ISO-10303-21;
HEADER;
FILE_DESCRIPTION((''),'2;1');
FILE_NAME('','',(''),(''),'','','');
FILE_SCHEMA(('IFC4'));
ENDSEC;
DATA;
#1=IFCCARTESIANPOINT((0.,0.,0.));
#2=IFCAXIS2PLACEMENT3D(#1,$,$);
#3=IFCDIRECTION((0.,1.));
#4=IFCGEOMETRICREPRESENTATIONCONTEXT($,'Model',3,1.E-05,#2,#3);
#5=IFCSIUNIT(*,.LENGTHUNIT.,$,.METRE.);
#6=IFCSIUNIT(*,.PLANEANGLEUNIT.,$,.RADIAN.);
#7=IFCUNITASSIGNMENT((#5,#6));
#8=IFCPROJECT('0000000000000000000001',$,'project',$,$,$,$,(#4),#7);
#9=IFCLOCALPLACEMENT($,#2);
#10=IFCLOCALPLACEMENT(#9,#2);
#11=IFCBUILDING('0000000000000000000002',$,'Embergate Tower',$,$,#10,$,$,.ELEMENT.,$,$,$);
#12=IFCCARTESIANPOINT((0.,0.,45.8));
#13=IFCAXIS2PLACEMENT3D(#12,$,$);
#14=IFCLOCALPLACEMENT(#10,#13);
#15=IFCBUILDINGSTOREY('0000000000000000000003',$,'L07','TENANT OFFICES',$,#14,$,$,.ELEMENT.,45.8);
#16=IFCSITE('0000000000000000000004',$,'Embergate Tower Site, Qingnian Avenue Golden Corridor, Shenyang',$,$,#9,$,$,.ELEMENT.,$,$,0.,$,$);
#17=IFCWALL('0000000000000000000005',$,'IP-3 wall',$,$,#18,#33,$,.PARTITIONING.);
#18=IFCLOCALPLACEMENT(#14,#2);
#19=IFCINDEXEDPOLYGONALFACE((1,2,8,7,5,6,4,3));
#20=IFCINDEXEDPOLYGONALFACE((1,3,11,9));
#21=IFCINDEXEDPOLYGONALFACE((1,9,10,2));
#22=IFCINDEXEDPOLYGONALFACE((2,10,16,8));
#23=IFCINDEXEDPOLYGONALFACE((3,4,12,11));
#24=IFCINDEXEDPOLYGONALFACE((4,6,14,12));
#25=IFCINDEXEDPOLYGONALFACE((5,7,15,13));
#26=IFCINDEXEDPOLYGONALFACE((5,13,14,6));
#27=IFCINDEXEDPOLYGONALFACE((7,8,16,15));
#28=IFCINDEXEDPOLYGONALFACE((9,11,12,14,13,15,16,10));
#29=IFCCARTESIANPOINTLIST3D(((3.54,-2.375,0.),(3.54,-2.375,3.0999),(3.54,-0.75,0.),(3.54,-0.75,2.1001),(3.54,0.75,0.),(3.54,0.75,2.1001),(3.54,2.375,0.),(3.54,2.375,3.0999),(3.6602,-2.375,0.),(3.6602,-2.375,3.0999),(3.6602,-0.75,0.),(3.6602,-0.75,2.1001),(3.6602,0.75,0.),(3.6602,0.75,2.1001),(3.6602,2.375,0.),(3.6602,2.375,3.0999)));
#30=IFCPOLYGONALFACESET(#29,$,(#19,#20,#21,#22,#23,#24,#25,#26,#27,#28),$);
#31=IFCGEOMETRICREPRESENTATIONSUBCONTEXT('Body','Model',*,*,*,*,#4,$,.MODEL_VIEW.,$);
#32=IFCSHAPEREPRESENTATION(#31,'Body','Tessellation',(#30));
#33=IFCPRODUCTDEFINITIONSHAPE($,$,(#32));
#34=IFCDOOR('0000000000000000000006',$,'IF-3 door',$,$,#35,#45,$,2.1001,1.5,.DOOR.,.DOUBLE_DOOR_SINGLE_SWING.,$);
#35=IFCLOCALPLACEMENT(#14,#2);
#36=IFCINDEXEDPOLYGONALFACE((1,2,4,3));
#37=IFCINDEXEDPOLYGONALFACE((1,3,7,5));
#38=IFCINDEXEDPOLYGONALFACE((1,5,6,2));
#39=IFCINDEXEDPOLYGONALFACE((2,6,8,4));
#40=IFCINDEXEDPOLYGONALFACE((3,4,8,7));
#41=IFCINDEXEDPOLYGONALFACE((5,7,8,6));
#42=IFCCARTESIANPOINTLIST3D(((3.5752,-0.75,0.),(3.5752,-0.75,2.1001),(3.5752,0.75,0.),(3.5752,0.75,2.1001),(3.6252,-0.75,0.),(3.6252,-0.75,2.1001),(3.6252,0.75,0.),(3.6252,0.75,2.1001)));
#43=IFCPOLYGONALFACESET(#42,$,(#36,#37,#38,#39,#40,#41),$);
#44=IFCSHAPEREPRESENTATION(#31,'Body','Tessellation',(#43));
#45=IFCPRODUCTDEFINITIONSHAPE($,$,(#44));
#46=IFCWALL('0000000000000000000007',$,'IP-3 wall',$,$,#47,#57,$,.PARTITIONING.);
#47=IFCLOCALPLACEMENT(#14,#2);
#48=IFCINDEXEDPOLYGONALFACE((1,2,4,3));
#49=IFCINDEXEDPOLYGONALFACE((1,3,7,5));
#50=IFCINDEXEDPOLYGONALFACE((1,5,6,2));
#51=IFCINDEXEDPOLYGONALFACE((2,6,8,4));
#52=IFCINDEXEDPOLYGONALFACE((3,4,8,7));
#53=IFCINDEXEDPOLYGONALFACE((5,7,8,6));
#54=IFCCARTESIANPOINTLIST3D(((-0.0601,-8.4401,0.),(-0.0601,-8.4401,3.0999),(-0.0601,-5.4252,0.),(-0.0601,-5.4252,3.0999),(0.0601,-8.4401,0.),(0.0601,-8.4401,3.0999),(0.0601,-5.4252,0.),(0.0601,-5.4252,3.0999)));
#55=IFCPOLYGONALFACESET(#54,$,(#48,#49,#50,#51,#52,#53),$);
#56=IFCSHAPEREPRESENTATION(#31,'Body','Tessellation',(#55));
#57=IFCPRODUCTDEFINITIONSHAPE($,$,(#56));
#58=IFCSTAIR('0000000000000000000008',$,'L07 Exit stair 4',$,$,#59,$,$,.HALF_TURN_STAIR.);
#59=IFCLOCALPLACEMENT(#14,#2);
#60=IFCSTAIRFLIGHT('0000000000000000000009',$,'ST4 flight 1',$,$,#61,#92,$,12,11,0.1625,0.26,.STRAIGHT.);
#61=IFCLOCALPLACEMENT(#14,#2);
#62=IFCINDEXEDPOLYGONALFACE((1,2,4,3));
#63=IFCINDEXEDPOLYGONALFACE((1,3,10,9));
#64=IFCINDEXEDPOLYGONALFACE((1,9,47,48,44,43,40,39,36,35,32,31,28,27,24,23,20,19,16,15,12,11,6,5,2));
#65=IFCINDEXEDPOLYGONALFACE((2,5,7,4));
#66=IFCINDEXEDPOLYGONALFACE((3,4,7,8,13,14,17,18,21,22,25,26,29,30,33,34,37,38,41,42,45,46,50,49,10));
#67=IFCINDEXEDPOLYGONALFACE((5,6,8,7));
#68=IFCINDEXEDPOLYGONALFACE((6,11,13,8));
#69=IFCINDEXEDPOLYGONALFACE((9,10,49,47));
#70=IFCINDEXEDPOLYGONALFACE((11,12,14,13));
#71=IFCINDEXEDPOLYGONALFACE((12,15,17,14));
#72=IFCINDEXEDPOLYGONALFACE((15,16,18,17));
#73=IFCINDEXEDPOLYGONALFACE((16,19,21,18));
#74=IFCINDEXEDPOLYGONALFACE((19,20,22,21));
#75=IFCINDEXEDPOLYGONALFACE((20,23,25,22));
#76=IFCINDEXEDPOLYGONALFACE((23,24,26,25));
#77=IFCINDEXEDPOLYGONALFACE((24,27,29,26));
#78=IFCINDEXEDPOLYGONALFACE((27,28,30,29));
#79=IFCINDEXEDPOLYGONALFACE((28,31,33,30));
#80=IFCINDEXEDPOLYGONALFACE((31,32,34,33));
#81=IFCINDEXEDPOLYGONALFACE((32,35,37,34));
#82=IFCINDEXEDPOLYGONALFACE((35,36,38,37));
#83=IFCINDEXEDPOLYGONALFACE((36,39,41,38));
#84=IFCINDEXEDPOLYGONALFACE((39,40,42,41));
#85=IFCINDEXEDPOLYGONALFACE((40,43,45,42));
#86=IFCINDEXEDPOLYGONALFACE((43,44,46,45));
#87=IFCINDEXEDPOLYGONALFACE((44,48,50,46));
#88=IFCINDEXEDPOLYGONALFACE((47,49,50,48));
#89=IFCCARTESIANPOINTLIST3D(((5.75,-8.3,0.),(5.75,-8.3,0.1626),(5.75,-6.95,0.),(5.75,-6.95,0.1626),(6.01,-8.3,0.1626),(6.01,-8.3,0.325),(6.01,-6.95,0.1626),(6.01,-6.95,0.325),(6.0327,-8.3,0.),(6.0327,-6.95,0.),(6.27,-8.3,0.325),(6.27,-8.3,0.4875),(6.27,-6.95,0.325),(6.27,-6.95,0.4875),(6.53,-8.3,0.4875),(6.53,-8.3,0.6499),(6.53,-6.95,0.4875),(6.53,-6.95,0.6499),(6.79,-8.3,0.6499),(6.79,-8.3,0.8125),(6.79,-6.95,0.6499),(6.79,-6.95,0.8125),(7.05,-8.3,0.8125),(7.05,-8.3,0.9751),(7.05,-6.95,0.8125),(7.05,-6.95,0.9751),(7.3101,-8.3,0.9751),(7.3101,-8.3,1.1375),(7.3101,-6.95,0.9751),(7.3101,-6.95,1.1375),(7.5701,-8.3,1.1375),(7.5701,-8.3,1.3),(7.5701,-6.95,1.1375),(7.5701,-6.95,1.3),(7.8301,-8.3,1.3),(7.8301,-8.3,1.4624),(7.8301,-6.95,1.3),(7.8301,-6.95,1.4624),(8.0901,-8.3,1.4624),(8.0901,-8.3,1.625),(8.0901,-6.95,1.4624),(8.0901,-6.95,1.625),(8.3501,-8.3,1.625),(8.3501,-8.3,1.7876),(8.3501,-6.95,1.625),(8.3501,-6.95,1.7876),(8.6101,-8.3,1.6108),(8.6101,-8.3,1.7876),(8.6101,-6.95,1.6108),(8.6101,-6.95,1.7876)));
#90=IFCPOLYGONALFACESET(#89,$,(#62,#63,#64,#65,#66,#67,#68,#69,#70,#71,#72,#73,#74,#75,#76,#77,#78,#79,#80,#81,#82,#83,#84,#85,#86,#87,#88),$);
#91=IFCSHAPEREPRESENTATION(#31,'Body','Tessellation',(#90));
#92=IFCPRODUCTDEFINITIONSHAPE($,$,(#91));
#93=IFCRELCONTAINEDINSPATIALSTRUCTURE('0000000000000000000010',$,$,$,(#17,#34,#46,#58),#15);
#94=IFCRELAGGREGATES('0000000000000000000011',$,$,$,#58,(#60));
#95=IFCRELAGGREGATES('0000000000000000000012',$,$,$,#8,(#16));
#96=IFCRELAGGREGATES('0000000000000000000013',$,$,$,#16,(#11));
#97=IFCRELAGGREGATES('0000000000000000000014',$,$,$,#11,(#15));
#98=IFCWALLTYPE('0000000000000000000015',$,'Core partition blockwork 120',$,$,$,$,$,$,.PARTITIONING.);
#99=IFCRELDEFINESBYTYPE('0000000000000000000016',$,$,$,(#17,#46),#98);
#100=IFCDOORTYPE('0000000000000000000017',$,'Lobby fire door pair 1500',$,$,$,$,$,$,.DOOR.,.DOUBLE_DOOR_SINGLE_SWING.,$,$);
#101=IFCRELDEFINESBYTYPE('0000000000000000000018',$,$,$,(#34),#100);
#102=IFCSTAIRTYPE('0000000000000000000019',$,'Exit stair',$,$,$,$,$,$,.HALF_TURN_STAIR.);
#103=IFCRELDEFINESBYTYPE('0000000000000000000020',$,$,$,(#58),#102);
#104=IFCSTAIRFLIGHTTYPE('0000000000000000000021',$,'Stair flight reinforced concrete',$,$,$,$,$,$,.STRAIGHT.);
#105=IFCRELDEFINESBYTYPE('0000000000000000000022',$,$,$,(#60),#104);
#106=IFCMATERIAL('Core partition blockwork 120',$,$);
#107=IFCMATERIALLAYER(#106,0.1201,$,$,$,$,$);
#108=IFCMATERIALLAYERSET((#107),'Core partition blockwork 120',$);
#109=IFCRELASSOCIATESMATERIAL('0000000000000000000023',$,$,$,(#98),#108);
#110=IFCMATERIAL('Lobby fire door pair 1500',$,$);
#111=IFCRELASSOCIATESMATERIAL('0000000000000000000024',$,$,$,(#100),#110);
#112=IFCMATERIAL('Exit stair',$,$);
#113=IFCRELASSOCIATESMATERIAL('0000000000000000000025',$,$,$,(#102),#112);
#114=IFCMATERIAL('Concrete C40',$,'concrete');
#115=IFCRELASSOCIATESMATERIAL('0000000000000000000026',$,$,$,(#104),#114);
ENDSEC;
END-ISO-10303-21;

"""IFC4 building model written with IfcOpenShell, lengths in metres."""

from ifc_helpers import new_model, si_unit, direction, frame, frame_2d, origin, place, context, subcontext, project, spatial, polyline, rectangle, outline, extrude, source, transform, mapped, material, layer, layer_set, type_object, element, fill, aggregate, save


model = new_model("IFC4")

# Units and contexts
model_context = context("Model", 3, precision=1e-05, world=origin(), true_north=direction((0.0, 1.0)))
body_context = subcontext(model_context, "Body", "Model", "MODEL_VIEW")
ifc_project = project(units=[si_unit("LENGTHUNIT", "METRE"), si_unit("PLANEANGLEUNIT", "RADIAN")], contexts=[model_context])

# Site, building, storey
site_placement = place(None, origin())
site = spatial("IfcSite", under=ifc_project, at=site_placement, Name="Embergate Tower Site, Qingnian Avenue Golden Corridor, Shenyang", CompositionType="ELEMENT", RefElevation=0.0)
building_placement = place(site_placement, origin())
building = spatial("IfcBuilding", under=site, at=building_placement, Name="Embergate Tower", CompositionType="ELEMENT")
storey_placement = place(building_placement, frame((0.0, 0.0, 45.8)))
storey = spatial("IfcBuildingStorey", under=building, at=storey_placement, Name="L07", Description="TENANT OFFICES", CompositionType="ELEMENT", Elevation=45.8)

# Wall, opening, door
ifc_material_1 = material(Name="Core partition blockwork 120")
ifc_layer_1 = layer(ifc_material_1, 0.1201)
ifc_layer_set_1 = layer_set([ifc_layer_1], Name="Core partition blockwork 120")
wall_type_1 = type_object("IfcWallType", Name="Core partition blockwork 120", PredefinedType="PARTITIONING", material=ifc_layer_set_1)
shared_shape_1 = source(origin(), body_context, "Body", "SweptSolid", [
    extrude(rectangle(XDim=4.75, YDim=0.1201, at=frame_2d((2.375, 0.0))), origin(), (0.0, 0.0, 1.0), 3.0999),
])
wall_1_placement = place(storey_placement, frame((3.6001, -2.375, 0.0), z_axis=(0.0, 0.0, 1.0), x_axis=(0.0, 1.0, 0.0)))
wall_1 = element("IfcWall", 1, at=wall_1_placement, inside=storey, type_object=wall_type_1, Name="IP-3 wall", PredefinedType="PARTITIONING", context=body_context, shape_type="MappedRepresentation", body=[
    mapped(shared_shape_1, transform((0.0, 0.0, 0.0))),
])
shared_shape_2 = source(origin(), body_context, "Body", "SweptSolid", [
    extrude(rectangle(XDim=1.5, YDim=2.1001, at=frame_2d((0.75, 1.05))), frame((0.0, 0.0701, 0.0), z_axis=(0.0, -1.0, 0.0), x_axis=(1.0, 0.0, 0.0)), (0.0, 0.0, 1.0), 0.1401),
])
opening_1_placement = place(wall_1_placement, frame((1.625, 0.0, 0.0)))
opening_1 = element("IfcOpeningElement", 2, at=opening_1_placement, cuts=wall_1, PredefinedType="OPENING", context=body_context, shape_type="MappedRepresentation", body=[
    mapped(shared_shape_2, transform((0.0, 0.0, 0.0))),
])
ifc_material_2 = material(Name="Lobby fire door pair 1500")
door_type_1 = type_object("IfcDoorType", Name="Lobby fire door pair 1500", OperationType="DOUBLE_DOOR_SINGLE_SWING", PredefinedType="DOOR", material=ifc_material_2)
shared_shape_3 = source(origin(), body_context, "Body", "SweptSolid", [
    extrude(rectangle(XDim=1.5, YDim=2.1001, at=frame_2d((0.75, 1.05))), frame((0.0, 0.0249, 0.0), z_axis=(0.0, -1.0, 0.0), x_axis=(1.0, 0.0, 0.0)), (0.0, 0.0, 1.0), 0.05),
])
door_1_placement = place(opening_1_placement, origin())
door_1 = element("IfcDoor", 3, at=door_1_placement, inside=storey, type_object=door_type_1, Name="IF-3 door", OperationType="DOUBLE_DOOR_SINGLE_SWING", OverallHeight=2.1001, OverallWidth=1.5, PredefinedType="DOOR", context=body_context, shape_type="MappedRepresentation", body=[
    mapped(shared_shape_3, transform((0.0, 0.0, 0.0))),
])
fill(opening_1, door_1)

# Wall
shared_shape_4 = source(origin(), body_context, "Body", "SweptSolid", [
    extrude(rectangle(XDim=3.0149, YDim=0.1201, at=frame_2d((1.5073, 0.0))), origin(), (0.0, 0.0, 1.0), 3.0999),
])
wall_2_placement = place(storey_placement, frame((0.0, -8.4399, 0.0), z_axis=(0.0, 0.0, 1.0), x_axis=(0.0, 1.0, 0.0)))
element("IfcWall", 4, at=wall_2_placement, inside=storey, type_object=wall_type_1, Name="IP-3 wall", PredefinedType="PARTITIONING", context=body_context, shape_type="MappedRepresentation", body=[
    mapped(shared_shape_4, transform((0.0, 0.0, 0.0))),
])

# Stair, stair flight
ifc_material_3 = material(Name="Exit stair")
stair_type = type_object("IfcStairType", Name="Exit stair", PredefinedType="HALF_TURN_STAIR", material=ifc_material_3)
stair_placement = place(storey_placement, origin())
stair = element("IfcStair", 5, at=stair_placement, inside=storey, type_object=stair_type, Name="L07 Exit stair 4", PredefinedType="HALF_TURN_STAIR")
ifc_material_4 = material(Name="Concrete C40", Category="concrete")
stair_flight_type = type_object("IfcStairFlightType", Name="Stair flight reinforced concrete", PredefinedType="STRAIGHT", material=ifc_material_4)
shared_shape_5 = source(origin(), body_context, "Body", "SweptSolid", [
    extrude(outline(polyline([(0.0, 0.0), (0.0, 0.1626), (0.26, 0.1626), (0.26, 0.325), (0.52, 0.325), (0.52, 0.4875), (0.78, 0.4875), (0.78, 0.6499), (1.04, 0.6499), (1.04, 0.8125), (1.3, 0.8125), (1.3, 0.9751), (1.5601, 0.9751), (1.5601, 1.1375), (1.8201, 1.1375), (1.8201, 1.3), (2.0801, 1.3), (2.0801, 1.4624), (2.3401, 1.4624), (2.3401, 1.625), (2.6001, 1.625), (2.6001, 1.7876), (2.8601, 1.7876), (2.8601, 1.95), (2.8601, 1.6108), (0.2827, 0.0), (0.0, 0.0)])), frame((0.0, 0.675, 0.0), z_axis=(0.0, -1.0, 0.0), x_axis=(1.0, 0.0, 0.0)), (0.0, 0.0, 1.0), 1.3501),
])
stair_flight_placement = place(storey_placement, frame((5.75, -7.625, 0.0), z_axis=(0.0, 0.0, 1.0), x_axis=(1.0, 0.0, 0.0)))
stair_flight = element("IfcStairFlight", 6, at=stair_flight_placement, type_object=stair_flight_type, Name="ST4 flight 1", NumberOfRisers=12, NumberOfTreads=11, PredefinedType="STRAIGHT", RiserHeight=0.1625, TreadLength=0.26, context=body_context, shape_type="MappedRepresentation", body=[
    mapped(shared_shape_5, transform((0.0, 0.0, 0.0))),
])
aggregate(stair, [stair_flight])

save(model, "model.ifc")
